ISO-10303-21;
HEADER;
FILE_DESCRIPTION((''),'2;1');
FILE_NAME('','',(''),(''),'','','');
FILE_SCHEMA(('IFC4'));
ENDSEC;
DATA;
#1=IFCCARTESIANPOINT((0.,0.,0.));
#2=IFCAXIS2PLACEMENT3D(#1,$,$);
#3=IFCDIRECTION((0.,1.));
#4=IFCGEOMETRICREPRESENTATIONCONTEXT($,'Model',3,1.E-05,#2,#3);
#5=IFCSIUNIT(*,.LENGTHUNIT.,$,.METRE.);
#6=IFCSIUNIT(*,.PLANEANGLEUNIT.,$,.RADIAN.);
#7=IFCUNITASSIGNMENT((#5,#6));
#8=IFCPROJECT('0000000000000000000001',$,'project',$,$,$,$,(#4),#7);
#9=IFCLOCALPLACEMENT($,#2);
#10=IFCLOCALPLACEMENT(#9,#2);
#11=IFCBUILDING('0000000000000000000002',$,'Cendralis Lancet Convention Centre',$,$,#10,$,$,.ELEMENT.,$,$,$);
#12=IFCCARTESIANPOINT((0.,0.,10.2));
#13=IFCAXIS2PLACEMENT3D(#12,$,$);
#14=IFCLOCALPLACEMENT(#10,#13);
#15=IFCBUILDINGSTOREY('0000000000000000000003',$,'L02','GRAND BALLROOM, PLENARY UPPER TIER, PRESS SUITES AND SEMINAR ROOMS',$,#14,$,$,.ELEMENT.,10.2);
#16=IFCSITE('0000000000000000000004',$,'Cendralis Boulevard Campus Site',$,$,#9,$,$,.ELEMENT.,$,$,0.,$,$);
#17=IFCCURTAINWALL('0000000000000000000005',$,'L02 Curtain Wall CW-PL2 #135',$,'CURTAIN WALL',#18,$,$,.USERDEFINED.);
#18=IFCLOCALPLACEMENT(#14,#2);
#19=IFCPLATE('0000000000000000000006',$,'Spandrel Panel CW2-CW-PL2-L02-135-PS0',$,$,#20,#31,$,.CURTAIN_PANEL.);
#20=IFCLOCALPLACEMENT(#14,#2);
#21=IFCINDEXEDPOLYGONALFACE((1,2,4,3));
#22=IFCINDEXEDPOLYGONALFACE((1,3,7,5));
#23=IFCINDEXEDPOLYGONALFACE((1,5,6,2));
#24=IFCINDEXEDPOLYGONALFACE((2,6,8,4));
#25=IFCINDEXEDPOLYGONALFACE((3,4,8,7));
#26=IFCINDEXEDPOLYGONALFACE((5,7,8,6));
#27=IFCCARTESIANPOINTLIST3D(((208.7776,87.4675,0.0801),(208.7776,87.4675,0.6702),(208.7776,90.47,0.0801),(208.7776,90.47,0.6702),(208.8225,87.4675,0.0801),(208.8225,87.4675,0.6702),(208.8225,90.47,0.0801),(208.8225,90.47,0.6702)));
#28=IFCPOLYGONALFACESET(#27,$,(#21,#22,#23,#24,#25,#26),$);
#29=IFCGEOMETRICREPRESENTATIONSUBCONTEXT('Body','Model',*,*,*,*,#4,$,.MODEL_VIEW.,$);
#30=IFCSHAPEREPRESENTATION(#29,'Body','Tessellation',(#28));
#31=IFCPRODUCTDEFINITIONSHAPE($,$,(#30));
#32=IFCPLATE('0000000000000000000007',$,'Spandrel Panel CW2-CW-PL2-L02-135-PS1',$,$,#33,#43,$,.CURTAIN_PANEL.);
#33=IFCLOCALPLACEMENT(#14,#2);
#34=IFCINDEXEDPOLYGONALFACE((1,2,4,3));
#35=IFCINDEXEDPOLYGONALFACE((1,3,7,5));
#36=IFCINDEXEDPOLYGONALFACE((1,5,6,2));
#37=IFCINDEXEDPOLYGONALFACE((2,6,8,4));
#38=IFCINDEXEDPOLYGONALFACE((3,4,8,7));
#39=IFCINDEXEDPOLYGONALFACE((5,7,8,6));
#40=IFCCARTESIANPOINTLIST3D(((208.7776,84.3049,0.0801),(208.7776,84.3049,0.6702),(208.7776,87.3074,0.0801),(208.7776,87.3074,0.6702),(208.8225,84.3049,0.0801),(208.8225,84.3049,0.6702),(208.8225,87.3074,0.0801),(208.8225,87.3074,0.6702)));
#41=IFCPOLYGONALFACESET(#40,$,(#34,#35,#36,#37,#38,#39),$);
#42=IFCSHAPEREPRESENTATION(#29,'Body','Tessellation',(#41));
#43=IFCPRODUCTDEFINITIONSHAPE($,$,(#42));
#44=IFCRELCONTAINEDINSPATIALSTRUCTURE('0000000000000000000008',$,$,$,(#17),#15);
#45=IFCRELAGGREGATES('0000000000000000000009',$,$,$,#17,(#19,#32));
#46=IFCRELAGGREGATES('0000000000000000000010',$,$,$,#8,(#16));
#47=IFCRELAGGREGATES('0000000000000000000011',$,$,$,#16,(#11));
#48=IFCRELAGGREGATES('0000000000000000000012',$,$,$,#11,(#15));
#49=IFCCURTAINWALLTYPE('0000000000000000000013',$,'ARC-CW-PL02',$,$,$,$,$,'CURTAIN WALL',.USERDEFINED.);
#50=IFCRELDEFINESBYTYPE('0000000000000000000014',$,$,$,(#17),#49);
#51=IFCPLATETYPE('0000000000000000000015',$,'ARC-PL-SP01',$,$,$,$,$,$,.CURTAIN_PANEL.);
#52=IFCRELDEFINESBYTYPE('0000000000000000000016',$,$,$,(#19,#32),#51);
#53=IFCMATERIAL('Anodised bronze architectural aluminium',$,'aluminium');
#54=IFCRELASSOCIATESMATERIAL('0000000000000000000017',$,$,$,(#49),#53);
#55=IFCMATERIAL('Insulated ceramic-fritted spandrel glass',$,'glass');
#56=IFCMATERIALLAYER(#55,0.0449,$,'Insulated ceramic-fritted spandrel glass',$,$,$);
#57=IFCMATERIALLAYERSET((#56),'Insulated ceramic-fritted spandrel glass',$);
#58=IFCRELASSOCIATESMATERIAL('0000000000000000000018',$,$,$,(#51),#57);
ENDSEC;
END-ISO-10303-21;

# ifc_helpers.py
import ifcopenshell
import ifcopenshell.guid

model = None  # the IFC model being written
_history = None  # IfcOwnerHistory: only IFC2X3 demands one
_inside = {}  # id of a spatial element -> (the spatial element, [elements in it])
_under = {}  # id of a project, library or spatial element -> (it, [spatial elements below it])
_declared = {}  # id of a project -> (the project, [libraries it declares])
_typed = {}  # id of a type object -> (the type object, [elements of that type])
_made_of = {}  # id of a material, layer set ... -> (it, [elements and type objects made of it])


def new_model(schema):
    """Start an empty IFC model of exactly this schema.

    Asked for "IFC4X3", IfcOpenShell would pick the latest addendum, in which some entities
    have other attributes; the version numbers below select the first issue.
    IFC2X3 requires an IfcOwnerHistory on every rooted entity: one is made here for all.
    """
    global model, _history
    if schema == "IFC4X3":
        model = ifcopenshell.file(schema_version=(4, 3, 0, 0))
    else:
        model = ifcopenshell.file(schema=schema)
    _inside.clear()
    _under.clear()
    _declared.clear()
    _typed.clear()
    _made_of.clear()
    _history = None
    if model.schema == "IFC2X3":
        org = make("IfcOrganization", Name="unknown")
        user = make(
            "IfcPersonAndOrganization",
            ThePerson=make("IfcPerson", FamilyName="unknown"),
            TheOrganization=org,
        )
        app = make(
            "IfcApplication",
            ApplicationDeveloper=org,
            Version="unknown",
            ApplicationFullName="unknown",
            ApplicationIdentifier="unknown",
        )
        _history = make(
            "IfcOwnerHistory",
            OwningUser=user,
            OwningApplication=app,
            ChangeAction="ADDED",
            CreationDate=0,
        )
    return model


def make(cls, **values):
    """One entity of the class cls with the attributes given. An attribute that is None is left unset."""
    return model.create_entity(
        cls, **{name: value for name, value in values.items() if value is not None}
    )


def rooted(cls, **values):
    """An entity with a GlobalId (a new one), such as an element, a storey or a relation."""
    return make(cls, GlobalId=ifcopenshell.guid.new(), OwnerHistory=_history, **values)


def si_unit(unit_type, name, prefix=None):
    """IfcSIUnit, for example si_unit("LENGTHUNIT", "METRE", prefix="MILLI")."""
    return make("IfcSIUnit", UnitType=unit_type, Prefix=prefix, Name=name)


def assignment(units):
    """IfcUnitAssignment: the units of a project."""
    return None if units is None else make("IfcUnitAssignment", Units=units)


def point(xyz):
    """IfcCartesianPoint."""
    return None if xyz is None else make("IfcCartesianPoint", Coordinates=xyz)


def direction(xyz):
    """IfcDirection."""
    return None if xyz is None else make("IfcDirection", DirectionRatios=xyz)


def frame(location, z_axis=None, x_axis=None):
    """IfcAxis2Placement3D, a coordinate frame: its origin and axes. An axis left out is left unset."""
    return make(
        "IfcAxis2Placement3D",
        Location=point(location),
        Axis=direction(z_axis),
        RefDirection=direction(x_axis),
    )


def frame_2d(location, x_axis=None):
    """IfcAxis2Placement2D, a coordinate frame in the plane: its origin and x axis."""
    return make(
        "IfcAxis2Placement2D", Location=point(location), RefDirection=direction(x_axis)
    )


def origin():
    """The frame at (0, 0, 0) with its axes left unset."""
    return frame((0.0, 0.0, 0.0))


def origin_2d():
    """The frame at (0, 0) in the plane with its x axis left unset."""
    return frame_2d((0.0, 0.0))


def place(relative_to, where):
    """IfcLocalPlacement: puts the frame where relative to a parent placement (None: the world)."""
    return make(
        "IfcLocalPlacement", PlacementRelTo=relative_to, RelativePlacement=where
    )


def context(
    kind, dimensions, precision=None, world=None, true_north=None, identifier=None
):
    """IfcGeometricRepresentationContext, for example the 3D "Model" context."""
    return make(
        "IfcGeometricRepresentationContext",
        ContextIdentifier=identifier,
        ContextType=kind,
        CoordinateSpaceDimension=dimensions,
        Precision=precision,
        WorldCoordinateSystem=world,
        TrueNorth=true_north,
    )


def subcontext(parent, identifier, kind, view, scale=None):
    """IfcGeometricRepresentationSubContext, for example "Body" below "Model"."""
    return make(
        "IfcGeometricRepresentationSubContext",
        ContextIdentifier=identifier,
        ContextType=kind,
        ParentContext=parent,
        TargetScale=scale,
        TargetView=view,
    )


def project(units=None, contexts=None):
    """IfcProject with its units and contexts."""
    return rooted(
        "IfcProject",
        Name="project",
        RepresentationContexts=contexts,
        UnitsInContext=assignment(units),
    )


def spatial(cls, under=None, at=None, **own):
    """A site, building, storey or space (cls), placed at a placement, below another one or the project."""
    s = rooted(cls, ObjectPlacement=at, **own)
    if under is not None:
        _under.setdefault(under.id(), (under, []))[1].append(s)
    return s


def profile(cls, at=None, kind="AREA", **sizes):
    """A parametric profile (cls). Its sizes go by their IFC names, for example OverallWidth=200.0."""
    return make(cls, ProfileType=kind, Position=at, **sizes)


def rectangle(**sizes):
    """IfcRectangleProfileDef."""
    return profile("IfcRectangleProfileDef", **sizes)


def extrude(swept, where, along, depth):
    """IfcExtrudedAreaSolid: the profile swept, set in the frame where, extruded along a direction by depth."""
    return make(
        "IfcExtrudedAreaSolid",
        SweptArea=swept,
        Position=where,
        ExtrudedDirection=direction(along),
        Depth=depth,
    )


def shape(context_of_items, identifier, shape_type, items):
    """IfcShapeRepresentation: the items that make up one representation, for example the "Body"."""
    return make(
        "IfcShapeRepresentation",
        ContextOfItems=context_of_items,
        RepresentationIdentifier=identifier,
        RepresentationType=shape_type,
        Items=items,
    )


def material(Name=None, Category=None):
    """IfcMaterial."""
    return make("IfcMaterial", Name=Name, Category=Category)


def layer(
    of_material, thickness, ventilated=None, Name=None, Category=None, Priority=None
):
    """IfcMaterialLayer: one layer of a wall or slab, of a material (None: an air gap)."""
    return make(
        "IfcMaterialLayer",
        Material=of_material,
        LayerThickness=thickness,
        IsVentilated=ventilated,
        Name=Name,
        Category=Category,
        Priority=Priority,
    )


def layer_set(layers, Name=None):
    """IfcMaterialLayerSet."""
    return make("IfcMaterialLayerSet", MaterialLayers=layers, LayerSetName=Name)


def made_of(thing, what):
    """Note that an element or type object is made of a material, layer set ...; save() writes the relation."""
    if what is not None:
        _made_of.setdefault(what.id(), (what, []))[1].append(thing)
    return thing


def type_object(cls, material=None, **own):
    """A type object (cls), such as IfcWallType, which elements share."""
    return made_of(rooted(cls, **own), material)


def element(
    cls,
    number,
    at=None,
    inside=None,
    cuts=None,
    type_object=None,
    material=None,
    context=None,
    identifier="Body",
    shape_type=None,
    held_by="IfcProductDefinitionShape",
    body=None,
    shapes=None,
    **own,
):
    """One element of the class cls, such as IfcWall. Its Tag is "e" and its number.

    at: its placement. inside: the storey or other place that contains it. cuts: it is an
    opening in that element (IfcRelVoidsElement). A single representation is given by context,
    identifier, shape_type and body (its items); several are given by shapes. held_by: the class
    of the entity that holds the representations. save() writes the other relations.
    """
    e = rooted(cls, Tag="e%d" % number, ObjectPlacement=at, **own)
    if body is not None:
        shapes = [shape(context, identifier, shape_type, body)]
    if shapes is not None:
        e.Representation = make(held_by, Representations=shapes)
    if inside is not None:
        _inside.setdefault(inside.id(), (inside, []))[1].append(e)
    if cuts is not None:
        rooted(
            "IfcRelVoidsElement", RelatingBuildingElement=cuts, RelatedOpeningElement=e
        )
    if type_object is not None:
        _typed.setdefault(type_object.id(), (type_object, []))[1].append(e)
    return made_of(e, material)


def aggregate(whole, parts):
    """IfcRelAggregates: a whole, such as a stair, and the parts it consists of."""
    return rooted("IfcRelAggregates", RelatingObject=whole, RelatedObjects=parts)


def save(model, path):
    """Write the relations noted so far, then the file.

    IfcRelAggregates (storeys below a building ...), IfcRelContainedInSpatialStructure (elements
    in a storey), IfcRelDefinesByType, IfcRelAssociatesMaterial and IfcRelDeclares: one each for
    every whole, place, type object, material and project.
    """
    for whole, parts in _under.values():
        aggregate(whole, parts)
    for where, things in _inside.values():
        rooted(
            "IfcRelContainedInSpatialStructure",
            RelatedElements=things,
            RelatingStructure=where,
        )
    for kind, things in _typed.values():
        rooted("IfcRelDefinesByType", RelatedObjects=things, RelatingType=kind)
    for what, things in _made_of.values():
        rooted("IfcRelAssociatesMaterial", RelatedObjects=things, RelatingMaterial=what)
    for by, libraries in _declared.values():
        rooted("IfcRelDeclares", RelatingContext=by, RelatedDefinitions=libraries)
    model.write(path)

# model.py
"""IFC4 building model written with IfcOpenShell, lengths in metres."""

from ifc_helpers import new_model, si_unit, direction, frame, origin, origin_2d, place, context, subcontext, project, spatial, rectangle, extrude, material, layer, layer_set, type_object, element, aggregate, save


model = new_model("IFC4")

# Units and contexts
model_context = context("Model", 3, precision=1e-05, world=origin(), true_north=direction((0.0, 1.0)))
body_context = subcontext(model_context, "Body", "Model", "MODEL_VIEW")
ifc_project = project(units=[si_unit("LENGTHUNIT", "METRE"), si_unit("PLANEANGLEUNIT", "RADIAN")], contexts=[model_context])

# Site, building, storey
site_placement = place(None, origin())
site = spatial("IfcSite", under=ifc_project, at=site_placement, Name="Cendralis Boulevard Campus Site", CompositionType="ELEMENT", RefElevation=0.0)
building_placement = place(site_placement, origin())
building = spatial("IfcBuilding", under=site, at=building_placement, Name="Cendralis Lancet Convention Centre", CompositionType="ELEMENT")
storey_placement = place(building_placement, frame((0.0, 0.0, 10.2)))
storey = spatial("IfcBuildingStorey", under=building, at=storey_placement, Name="L02", Description="GRAND BALLROOM, PLENARY UPPER TIER, PRESS SUITES AND SEMINAR ROOMS", CompositionType="ELEMENT", Elevation=10.2)

# Curtain wall
ifc_material_1 = material(Name="Anodised bronze architectural aluminium", Category="aluminium")
curtain_wall_type = type_object("IfcCurtainWallType", Name="ARC-CW-PL02", ElementType="CURTAIN WALL", PredefinedType="USERDEFINED", material=ifc_material_1)
curtain_wall_1_placement = place(storey_placement, origin())
curtain_wall_1 = element("IfcCurtainWall", 1, at=curtain_wall_1_placement, inside=storey, type_object=curtain_wall_type, Name="L02 Curtain Wall CW-PL2 #135", ObjectType="CURTAIN WALL", PredefinedType="USERDEFINED")

# Plates
ifc_material_2 = material(Name="Insulated ceramic-fritted spandrel glass", Category="glass")
ifc_layer_1 = layer(ifc_material_2, 0.0449, Name="Insulated ceramic-fritted spandrel glass")
ifc_layer_set_1 = layer_set([ifc_layer_1], Name="Insulated ceramic-fritted spandrel glass")
plate_type_1 = type_object("IfcPlateType", Name="ARC-PL-SP01", PredefinedType="CURTAIN_PANEL", material=ifc_layer_set_1)
plate_1_placement = place(storey_placement, frame((208.8, 88.9688, 0.0801), z_axis=(0.0, 0.0, 1.0), x_axis=(0.0, -1.0, 0.0)))
plate_1 = element("IfcPlate", 2, at=plate_1_placement, type_object=plate_type_1, Name="Spandrel Panel CW2-CW-PL2-L02-135-PS0", PredefinedType="CURTAIN_PANEL", context=body_context, shape_type="SweptSolid", body=[
    extrude(rectangle(XDim=3.0024, YDim=0.0449, at=origin_2d()), origin(), (0.0, 0.0, 1.0), 0.5901),
])
plate_2_placement = place(storey_placement, frame((208.8, 85.8062, 0.0801), z_axis=(0.0, 0.0, 1.0), x_axis=(0.0, -1.0, 0.0)))
plate_2 = element("IfcPlate", 3, at=plate_2_placement, type_object=plate_type_1, Name="Spandrel Panel CW2-CW-PL2-L02-135-PS1", PredefinedType="CURTAIN_PANEL", context=body_context, shape_type="SweptSolid", body=[
    extrude(rectangle(XDim=3.0024, YDim=0.0449, at=origin_2d()), origin(), (0.0, 0.0, 1.0), 0.5901),
])
aggregate(curtain_wall_1, [plate_1, plate_2])

save(model, "model.ifc")
